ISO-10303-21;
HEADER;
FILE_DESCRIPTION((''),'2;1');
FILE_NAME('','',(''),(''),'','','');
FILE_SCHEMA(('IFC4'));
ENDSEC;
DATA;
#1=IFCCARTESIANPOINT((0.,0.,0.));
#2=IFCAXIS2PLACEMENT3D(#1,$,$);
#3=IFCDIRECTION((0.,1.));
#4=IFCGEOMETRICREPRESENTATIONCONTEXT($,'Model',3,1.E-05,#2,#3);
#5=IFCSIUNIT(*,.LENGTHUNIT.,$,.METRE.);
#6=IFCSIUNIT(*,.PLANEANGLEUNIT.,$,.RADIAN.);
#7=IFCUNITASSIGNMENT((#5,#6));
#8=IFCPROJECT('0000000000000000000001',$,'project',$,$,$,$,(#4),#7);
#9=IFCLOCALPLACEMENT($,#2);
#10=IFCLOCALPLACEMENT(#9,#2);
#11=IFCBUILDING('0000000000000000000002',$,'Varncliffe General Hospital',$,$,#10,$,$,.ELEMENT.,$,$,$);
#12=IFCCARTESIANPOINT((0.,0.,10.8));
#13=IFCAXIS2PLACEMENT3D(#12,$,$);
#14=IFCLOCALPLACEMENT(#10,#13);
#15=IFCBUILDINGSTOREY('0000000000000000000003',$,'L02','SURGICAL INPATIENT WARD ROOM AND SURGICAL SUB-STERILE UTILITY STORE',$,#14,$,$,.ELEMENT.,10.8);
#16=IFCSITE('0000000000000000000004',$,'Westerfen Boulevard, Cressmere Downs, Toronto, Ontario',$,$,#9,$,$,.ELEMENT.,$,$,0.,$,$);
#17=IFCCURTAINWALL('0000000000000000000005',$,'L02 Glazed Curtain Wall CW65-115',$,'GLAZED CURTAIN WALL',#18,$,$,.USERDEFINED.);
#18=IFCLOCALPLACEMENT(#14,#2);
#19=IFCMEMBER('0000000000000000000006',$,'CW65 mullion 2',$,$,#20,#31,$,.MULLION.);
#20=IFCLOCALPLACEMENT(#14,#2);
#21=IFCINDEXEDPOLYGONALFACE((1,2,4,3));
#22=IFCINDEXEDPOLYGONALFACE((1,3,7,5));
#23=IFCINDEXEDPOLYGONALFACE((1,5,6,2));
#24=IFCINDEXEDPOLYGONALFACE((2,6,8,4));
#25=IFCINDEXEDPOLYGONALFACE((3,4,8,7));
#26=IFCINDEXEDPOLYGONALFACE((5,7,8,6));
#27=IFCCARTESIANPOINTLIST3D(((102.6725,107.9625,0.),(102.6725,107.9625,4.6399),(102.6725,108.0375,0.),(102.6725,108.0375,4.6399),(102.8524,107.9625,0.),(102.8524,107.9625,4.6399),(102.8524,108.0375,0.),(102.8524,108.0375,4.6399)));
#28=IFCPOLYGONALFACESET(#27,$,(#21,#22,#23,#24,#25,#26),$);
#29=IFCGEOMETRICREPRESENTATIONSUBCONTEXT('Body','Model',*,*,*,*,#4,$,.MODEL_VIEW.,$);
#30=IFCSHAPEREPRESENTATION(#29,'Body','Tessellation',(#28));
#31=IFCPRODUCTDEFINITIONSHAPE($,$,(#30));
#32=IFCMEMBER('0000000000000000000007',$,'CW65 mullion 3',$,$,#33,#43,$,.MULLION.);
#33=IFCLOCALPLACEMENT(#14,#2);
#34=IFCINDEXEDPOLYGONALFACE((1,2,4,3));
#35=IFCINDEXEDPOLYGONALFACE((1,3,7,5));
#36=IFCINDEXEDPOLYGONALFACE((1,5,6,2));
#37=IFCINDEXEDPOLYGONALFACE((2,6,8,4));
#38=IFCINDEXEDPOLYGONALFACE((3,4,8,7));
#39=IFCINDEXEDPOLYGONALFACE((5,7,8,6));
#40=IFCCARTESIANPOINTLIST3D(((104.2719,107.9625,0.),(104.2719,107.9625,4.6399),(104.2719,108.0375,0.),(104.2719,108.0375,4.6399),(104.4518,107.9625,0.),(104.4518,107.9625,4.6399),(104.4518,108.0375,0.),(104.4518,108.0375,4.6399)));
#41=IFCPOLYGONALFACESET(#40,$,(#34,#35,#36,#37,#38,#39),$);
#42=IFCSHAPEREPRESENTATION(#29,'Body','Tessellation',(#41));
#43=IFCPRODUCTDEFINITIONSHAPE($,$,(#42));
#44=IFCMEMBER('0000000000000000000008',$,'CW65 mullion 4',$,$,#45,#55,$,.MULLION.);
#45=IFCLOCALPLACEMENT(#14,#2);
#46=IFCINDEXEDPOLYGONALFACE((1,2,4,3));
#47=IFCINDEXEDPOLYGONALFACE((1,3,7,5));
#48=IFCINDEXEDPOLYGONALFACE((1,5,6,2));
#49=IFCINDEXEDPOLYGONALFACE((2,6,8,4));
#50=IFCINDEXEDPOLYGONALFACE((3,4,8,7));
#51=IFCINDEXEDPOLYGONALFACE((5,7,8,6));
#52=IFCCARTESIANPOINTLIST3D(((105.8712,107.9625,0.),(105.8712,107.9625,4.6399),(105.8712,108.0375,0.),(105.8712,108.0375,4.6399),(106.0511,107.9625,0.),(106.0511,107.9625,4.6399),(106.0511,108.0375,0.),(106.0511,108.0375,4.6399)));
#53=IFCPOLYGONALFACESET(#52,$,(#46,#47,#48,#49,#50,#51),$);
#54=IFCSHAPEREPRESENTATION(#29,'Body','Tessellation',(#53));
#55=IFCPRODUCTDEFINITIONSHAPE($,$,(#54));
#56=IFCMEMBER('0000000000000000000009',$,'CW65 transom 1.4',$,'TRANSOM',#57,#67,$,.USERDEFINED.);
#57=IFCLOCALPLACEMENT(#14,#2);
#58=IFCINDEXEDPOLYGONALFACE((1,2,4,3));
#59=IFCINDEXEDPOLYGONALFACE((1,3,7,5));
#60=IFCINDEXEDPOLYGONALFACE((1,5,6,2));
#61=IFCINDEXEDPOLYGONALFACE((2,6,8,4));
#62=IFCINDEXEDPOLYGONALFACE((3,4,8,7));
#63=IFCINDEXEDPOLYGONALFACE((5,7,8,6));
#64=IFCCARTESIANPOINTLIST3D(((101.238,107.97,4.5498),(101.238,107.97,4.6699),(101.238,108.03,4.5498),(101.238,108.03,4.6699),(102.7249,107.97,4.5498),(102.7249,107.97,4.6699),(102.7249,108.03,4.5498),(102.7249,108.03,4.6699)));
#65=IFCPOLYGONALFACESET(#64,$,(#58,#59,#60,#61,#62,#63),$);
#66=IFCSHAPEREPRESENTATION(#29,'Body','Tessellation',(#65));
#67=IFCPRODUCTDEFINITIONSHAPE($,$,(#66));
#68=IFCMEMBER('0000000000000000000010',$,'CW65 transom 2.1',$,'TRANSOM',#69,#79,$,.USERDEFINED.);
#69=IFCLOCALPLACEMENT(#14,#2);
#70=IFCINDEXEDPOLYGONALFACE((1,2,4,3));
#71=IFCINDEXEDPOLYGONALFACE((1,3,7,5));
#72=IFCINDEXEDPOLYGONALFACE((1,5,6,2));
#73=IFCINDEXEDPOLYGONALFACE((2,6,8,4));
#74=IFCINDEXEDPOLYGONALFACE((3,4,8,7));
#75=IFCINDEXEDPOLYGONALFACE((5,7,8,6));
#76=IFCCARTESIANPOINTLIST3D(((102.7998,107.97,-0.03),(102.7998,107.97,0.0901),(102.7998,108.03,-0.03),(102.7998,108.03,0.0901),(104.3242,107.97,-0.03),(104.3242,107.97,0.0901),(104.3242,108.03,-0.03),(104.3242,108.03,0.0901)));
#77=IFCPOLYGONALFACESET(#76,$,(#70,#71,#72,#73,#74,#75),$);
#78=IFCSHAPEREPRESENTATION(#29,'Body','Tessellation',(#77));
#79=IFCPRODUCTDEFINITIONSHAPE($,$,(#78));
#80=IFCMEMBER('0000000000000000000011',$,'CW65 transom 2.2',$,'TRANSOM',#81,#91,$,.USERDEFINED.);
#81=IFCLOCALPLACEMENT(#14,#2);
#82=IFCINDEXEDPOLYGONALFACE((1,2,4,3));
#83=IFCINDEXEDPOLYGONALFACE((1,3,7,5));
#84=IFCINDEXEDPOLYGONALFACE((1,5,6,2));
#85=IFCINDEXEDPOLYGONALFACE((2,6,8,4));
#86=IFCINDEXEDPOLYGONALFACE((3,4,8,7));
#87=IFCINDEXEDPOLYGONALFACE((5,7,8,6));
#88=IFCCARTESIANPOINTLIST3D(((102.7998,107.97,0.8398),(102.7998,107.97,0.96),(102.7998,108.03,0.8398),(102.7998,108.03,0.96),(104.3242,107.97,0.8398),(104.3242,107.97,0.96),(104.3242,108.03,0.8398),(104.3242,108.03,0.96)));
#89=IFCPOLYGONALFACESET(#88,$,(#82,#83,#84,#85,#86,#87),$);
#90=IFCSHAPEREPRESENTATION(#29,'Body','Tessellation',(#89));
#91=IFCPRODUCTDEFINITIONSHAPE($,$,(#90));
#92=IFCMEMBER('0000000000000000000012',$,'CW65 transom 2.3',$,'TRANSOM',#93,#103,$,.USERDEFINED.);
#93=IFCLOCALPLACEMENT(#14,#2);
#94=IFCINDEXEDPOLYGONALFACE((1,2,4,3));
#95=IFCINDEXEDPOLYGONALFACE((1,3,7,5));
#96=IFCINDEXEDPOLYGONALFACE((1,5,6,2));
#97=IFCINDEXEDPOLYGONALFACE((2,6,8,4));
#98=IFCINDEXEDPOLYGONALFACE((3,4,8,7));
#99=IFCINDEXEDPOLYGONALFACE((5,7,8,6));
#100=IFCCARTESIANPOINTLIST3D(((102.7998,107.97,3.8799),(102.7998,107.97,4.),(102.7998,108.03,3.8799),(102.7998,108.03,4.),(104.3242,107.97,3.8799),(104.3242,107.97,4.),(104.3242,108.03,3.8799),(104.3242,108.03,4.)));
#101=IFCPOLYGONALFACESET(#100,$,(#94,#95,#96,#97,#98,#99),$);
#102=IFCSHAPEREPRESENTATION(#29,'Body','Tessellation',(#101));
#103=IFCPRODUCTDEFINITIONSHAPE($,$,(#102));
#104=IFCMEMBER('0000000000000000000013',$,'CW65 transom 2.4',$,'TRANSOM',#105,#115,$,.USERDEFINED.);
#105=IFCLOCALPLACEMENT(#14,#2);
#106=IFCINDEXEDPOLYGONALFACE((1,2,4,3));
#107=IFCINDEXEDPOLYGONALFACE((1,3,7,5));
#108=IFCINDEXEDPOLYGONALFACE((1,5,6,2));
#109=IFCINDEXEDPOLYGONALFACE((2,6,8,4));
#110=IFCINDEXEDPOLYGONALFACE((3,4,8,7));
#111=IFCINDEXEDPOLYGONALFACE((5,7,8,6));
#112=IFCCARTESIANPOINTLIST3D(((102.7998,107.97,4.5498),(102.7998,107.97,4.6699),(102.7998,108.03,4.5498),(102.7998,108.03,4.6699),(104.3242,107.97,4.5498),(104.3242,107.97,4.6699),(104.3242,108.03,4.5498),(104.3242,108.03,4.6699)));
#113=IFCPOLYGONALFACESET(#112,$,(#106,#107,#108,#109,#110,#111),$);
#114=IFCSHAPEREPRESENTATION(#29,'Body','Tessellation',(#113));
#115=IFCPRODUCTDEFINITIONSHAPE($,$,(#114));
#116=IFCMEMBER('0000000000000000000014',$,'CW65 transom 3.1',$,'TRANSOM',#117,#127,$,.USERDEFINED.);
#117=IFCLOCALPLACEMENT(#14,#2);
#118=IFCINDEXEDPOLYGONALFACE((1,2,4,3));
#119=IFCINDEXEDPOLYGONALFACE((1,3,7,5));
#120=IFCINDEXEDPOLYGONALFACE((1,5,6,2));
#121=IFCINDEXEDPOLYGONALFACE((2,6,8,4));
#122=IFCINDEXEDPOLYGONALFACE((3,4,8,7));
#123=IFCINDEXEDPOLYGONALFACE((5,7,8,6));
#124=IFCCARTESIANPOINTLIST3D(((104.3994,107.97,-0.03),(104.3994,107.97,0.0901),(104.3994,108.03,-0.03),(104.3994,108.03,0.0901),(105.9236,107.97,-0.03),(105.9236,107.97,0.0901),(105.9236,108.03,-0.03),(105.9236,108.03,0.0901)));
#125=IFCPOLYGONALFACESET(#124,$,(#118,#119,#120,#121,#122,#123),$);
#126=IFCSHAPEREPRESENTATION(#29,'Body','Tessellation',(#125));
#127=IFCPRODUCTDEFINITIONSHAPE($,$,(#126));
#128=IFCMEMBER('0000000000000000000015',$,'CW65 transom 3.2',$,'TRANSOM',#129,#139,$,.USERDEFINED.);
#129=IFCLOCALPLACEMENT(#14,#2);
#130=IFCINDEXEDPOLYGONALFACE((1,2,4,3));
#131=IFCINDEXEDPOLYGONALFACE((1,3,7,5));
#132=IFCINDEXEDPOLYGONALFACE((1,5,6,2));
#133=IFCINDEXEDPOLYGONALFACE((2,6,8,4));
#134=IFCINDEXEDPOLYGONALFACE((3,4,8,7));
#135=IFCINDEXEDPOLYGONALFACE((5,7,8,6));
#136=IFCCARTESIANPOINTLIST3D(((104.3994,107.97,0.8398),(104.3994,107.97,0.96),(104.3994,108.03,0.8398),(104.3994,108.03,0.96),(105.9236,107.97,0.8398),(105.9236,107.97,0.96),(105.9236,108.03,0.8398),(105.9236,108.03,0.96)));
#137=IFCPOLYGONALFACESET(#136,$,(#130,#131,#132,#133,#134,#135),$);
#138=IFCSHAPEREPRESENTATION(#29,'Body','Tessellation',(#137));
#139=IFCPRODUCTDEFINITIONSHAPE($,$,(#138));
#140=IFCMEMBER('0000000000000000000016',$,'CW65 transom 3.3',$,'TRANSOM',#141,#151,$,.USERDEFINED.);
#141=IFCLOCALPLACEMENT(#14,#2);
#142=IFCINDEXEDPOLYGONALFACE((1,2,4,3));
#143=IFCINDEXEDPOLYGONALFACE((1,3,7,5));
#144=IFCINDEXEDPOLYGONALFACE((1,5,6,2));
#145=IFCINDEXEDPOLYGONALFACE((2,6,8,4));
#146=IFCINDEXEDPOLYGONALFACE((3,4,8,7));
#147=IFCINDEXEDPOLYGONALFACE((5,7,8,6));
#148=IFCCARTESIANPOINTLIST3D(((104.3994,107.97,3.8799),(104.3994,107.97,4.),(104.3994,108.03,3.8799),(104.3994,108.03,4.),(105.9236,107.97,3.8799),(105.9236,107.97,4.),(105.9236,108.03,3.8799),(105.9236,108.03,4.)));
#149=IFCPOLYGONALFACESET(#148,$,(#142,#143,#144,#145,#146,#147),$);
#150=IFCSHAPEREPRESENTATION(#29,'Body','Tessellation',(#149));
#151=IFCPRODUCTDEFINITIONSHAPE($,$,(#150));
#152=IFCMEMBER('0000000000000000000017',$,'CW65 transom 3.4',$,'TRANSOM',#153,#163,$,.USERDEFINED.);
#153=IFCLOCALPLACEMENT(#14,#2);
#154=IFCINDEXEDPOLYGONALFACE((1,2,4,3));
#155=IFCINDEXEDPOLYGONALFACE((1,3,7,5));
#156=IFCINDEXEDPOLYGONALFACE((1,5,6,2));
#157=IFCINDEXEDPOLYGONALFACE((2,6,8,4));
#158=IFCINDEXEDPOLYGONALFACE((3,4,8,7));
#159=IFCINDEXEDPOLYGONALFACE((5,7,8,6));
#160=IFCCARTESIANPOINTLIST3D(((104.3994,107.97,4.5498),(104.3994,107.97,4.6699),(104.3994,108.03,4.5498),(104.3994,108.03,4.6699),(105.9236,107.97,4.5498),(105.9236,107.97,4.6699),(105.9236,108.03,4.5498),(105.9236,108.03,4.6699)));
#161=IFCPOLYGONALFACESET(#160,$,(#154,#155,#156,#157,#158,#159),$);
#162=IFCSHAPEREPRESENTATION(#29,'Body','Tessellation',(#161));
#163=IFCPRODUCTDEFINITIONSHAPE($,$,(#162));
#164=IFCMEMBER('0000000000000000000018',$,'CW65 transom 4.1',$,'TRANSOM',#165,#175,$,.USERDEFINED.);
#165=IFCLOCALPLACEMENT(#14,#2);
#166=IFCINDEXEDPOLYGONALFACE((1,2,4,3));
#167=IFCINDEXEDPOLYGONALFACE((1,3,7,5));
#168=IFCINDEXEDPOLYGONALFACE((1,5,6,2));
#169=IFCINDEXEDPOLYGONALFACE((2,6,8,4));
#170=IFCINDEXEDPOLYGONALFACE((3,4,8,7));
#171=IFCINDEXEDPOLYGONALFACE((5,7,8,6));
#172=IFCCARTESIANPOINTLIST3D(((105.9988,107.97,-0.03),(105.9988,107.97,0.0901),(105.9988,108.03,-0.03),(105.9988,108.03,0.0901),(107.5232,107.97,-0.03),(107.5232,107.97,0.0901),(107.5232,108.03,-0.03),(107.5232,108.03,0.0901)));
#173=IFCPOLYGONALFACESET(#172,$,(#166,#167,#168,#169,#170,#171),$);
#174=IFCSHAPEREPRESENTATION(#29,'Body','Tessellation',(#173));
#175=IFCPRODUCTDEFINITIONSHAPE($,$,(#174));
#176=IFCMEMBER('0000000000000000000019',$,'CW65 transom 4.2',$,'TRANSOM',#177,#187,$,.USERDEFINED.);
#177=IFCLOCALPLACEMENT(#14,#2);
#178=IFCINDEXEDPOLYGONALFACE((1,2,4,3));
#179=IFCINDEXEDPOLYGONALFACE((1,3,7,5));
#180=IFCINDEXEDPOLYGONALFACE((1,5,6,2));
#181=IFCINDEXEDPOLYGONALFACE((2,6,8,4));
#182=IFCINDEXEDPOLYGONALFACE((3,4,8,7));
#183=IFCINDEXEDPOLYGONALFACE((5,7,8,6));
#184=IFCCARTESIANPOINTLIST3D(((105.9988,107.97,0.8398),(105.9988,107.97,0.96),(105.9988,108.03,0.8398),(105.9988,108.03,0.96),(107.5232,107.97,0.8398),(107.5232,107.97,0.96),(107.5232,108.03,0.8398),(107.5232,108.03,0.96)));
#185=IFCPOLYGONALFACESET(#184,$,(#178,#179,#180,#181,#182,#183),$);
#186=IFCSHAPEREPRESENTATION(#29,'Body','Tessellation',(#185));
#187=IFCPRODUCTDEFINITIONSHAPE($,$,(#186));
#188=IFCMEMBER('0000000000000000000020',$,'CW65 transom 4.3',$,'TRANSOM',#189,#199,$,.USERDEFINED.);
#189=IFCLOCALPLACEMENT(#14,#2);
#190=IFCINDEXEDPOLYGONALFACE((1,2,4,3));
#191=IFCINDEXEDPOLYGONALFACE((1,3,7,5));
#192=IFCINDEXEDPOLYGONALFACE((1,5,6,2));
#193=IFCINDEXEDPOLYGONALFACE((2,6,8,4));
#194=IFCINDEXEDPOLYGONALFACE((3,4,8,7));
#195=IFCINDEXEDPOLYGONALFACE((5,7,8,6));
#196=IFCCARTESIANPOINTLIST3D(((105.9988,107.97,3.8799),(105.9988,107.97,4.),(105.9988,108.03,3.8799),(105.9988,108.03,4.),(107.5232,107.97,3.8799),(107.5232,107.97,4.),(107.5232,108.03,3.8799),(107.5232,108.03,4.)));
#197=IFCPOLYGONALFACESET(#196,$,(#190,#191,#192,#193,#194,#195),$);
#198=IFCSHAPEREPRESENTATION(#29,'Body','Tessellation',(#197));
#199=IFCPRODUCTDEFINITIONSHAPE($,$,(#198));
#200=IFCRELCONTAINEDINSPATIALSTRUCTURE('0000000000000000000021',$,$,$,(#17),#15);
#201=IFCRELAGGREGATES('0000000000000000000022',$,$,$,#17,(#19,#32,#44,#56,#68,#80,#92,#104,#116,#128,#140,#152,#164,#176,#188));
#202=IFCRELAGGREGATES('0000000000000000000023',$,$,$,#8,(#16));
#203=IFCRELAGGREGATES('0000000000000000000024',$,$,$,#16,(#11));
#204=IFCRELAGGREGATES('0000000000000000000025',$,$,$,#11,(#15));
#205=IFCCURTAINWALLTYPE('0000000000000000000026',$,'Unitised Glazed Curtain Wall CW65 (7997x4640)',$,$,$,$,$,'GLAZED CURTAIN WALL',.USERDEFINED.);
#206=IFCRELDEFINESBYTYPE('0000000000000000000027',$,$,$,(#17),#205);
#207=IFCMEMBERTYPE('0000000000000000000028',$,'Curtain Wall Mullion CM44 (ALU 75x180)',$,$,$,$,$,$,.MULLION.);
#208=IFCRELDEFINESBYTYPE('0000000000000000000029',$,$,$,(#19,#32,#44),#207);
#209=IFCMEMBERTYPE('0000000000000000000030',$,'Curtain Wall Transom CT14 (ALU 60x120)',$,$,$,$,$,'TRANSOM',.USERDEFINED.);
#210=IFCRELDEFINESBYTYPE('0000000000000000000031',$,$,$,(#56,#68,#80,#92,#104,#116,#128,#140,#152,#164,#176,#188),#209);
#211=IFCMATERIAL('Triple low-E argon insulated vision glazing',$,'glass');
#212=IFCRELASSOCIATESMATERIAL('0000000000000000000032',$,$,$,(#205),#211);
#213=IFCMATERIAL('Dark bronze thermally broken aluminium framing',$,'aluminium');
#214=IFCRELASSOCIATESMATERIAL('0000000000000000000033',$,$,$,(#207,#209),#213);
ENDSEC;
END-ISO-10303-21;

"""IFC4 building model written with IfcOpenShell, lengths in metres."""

from ifc_helpers import new_model, si_unit, direction, frame, origin, origin_2d, place, context, subcontext, project, spatial, rectangle, extrude, material, material_profile, profile_set, type_object, element, aggregate, save


model = new_model("IFC4")

# Units and contexts
model_context = context("Model", 3, precision=1e-05, world=origin(), true_north=direction((0.0, 1.0)))
body_context = subcontext(model_context, "Body", "Model", "MODEL_VIEW")
ifc_project = project(units=[si_unit("LENGTHUNIT", "METRE"), si_unit("PLANEANGLEUNIT", "RADIAN")], contexts=[model_context])

# Site, building, storey
site_placement = place(None, origin())
site = spatial("IfcSite", under=ifc_project, at=site_placement, Name="Westerfen Boulevard, Cressmere Downs, Toronto, Ontario", CompositionType="ELEMENT", RefElevation=0.0)
building_placement = place(site_placement, origin())
building = spatial("IfcBuilding", under=site, at=building_placement, Name="Varncliffe General Hospital", CompositionType="ELEMENT")
storey_placement = place(building_placement, frame((0.0, 0.0, 10.8)))
storey = spatial("IfcBuildingStorey", under=building, at=storey_placement, Name="L02", Description="SURGICAL INPATIENT WARD ROOM AND SURGICAL SUB-STERILE UTILITY STORE", CompositionType="ELEMENT", Elevation=10.8)

# Curtain wall, members
ifc_material_1 = material(Name="Triple low-E argon insulated vision glazing", Category="glass")
curtain_wall_type = type_object("IfcCurtainWallType", Name="Unitised Glazed Curtain Wall CW65 (7997x4640)", ElementType="GLAZED CURTAIN WALL", PredefinedType="USERDEFINED", material=ifc_material_1)
curtain_wall_placement = place(storey_placement, origin())
curtain_wall = element("IfcCurtainWall", 1, at=curtain_wall_placement, inside=storey, type_object=curtain_wall_type, Name="L02 Glazed Curtain Wall CW65-115", ObjectType="GLAZED CURTAIN WALL", PredefinedType="USERDEFINED")
ifc_material_2 = material(Name="Dark bronze thermally broken aluminium framing", Category="aluminium")
ifc_material_profile_1 = material_profile(ifc_material_2, rectangle(XDim=0.075, YDim=0.1799, at=origin_2d()), Name="ALU 75x180")
ifc_profile_set_1 = profile_set([ifc_material_profile_1], Name="Dark bronze thermally broken aluminium framing")
member_type_1 = type_object("IfcMemberType", Name="Curtain Wall Mullion CM44 (ALU 75x180)", PredefinedType="MULLION", material=ifc_profile_set_1)
member_1_placement = place(storey_placement, frame((102.7625, 108.0, 0.0), z_axis=(0.0, 0.0, 1.0), x_axis=(0.0, 1.0, 0.0)))
member_1 = element("IfcMember", 2, at=member_1_placement, type_object=member_type_1, Name="CW65 mullion 2", PredefinedType="MULLION", context=body_context, shape_type="SweptSolid", body=[
    extrude(rectangle(XDim=0.075, YDim=0.1799, at=origin_2d()), origin(), (0.0, 0.0, 1.0), 4.6399),
])
member_2_placement = place(storey_placement, frame((104.3618, 108.0, 0.0), z_axis=(0.0, 0.0, 1.0), x_axis=(0.0, 1.0, 0.0)))
member_2 = element("IfcMember", 3, at=member_2_placement, type_object=member_type_1, Name="CW65 mullion 3", PredefinedType="MULLION", context=body_context, shape_type="SweptSolid", body=[
    extrude(rectangle(XDim=0.075, YDim=0.1799, at=origin_2d()), origin(), (0.0, 0.0, 1.0), 4.6399),
])
member_3_placement = place(storey_placement, frame((105.9612, 108.0, 0.0), z_axis=(0.0, 0.0, 1.0), x_axis=(0.0, 1.0, 0.0)))
member_3 = element("IfcMember", 4, at=member_3_placement, type_object=member_type_1, Name="CW65 mullion 4", PredefinedType="MULLION", context=body_context, shape_type="SweptSolid", body=[
    extrude(rectangle(XDim=0.075, YDim=0.1799, at=origin_2d()), origin(), (0.0, 0.0, 1.0), 4.6399),
])
ifc_material_profile_2 = material_profile(ifc_material_2, rectangle(XDim=0.0601, YDim=0.1201, at=origin_2d()), Name="ALU 60x120")
ifc_profile_set_2 = profile_set([ifc_material_profile_2], Name="Dark bronze thermally broken aluminium framing")
member_type_2 = type_object("IfcMemberType", Name="Curtain Wall Transom CT14 (ALU 60x120)", ElementType="TRANSOM", PredefinedType="USERDEFINED", material=ifc_profile_set_2)
member_4_placement = place(storey_placement, frame((101.238, 108.0, 4.6099), z_axis=(1.0, 0.0, 0.0), x_axis=(0.0, 1.0, 0.0)))
member_4 = element("IfcMember", 5, at=member_4_placement, type_object=member_type_2, Name="CW65 transom 1.4", ObjectType="TRANSOM", PredefinedType="USERDEFINED", context=body_context, shape_type="SweptSolid", body=[
    extrude(rectangle(XDim=0.0601, YDim=0.1201, at=origin_2d()), origin(), (0.0, 0.0, 1.0), 1.4868),
])
member_5_placement = place(storey_placement, frame((102.7998, 108.0, 0.03), z_axis=(1.0, 0.0, 0.0), x_axis=(0.0, 1.0, 0.0)))
member_5 = element("IfcMember", 6, at=member_5_placement, type_object=member_type_2, Name="CW65 transom 2.1", ObjectType="TRANSOM", PredefinedType="USERDEFINED", context=body_context, shape_type="SweptSolid", body=[
    extrude(rectangle(XDim=0.0601, YDim=0.1201, at=origin_2d()), origin(), (0.0, 0.0, 1.0), 1.5244),
])
member_6_placement = place(storey_placement, frame((102.7998, 108.0, 0.8999), z_axis=(1.0, 0.0, 0.0), x_axis=(0.0, 1.0, 0.0)))
member_6 = element("IfcMember", 7, at=member_6_placement, type_object=member_type_2, Name="CW65 transom 2.2", ObjectType="TRANSOM", PredefinedType="USERDEFINED", context=body_context, shape_type="SweptSolid", body=[
    extrude(rectangle(XDim=0.0601, YDim=0.1201, at=origin_2d()), origin(), (0.0, 0.0, 1.0), 1.5244),
])
member_7_placement = place(storey_placement, frame((102.7998, 108.0, 3.9399), z_axis=(1.0, 0.0, 0.0), x_axis=(0.0, 1.0, 0.0)))
member_7 = element("IfcMember", 8, at=member_7_placement, type_object=member_type_2, Name="CW65 transom 2.3", ObjectType="TRANSOM", PredefinedType="USERDEFINED", context=body_context, shape_type="SweptSolid", body=[
    extrude(rectangle(XDim=0.0601, YDim=0.1201, at=origin_2d()), origin(), (0.0, 0.0, 1.0), 1.5244),
])
member_8_placement = place(storey_placement, frame((102.7998, 108.0, 4.6099), z_axis=(1.0, 0.0, 0.0), x_axis=(0.0, 1.0, 0.0)))
member_8 = element("IfcMember", 9, at=member_8_placement, type_object=member_type_2, Name="CW65 transom 2.4", ObjectType="TRANSOM", PredefinedType="USERDEFINED", context=body_context, shape_type="SweptSolid", body=[
    extrude(rectangle(XDim=0.0601, YDim=0.1201, at=origin_2d()), origin(), (0.0, 0.0, 1.0), 1.5244),
])
member_9_placement = place(storey_placement, frame((104.3994, 108.0, 0.03), z_axis=(1.0, 0.0, 0.0), x_axis=(0.0, 1.0, 0.0)))
member_9 = element("IfcMember", 10, at=member_9_placement, type_object=member_type_2, Name="CW65 transom 3.1", ObjectType="TRANSOM", PredefinedType="USERDEFINED", context=body_context, shape_type="SweptSolid", body=[
    extrude(rectangle(XDim=0.0601, YDim=0.1201, at=origin_2d()), origin(), (0.0, 0.0, 1.0), 1.5242),
])
member_10_placement = place(storey_placement, frame((104.3994, 108.0, 0.8999), z_axis=(1.0, 0.0, 0.0), x_axis=(0.0, 1.0, 0.0)))
member_10 = element("IfcMember", 11, at=member_10_placement, type_object=member_type_2, Name="CW65 transom 3.2", ObjectType="TRANSOM", PredefinedType="USERDEFINED", context=body_context, shape_type="SweptSolid", body=[
    extrude(rectangle(XDim=0.0601, YDim=0.1201, at=origin_2d()), origin(), (0.0, 0.0, 1.0), 1.5242),
])
member_11_placement = place(storey_placement, frame((104.3994, 108.0, 3.9399), z_axis=(1.0, 0.0, 0.0), x_axis=(0.0, 1.0, 0.0)))
member_11 = element("IfcMember", 12, at=member_11_placement, type_object=member_type_2, Name="CW65 transom 3.3", ObjectType="TRANSOM", PredefinedType="USERDEFINED", context=body_context, shape_type="SweptSolid", body=[
    extrude(rectangle(XDim=0.0601, YDim=0.1201, at=origin_2d()), origin(), (0.0, 0.0, 1.0), 1.5242),
])
member_12_placement = place(storey_placement, frame((104.3994, 108.0, 4.6099), z_axis=(1.0, 0.0, 0.0), x_axis=(0.0, 1.0, 0.0)))
member_12 = element("IfcMember", 13, at=member_12_placement, type_object=member_type_2, Name="CW65 transom 3.4", ObjectType="TRANSOM", PredefinedType="USERDEFINED", context=body_context, shape_type="SweptSolid", body=[
    extrude(rectangle(XDim=0.0601, YDim=0.1201, at=origin_2d()), origin(), (0.0, 0.0, 1.0), 1.5242),
])
member_13_placement = place(storey_placement, frame((105.9988, 108.0, 0.03), z_axis=(1.0, 0.0, 0.0), x_axis=(0.0, 1.0, 0.0)))
member_13 = element("IfcMember", 14, at=member_13_placement, type_object=member_type_2, Name="CW65 transom 4.1", ObjectType="TRANSOM", PredefinedType="USERDEFINED", context=body_context, shape_type="SweptSolid", body=[
    extrude(rectangle(XDim=0.0601, YDim=0.1201, at=origin_2d()), origin(), (0.0, 0.0, 1.0), 1.5244),
])
member_14_placement = place(storey_placement, frame((105.9988, 108.0, 0.8999), z_axis=(1.0, 0.0, 0.0), x_axis=(0.0, 1.0, 0.0)))
member_14 = element("IfcMember", 15, at=member_14_placement, type_object=member_type_2, Name="CW65 transom 4.2", ObjectType="TRANSOM", PredefinedType="USERDEFINED", context=body_context, shape_type="SweptSolid", body=[
    extrude(rectangle(XDim=0.0601, YDim=0.1201, at=origin_2d()), origin(), (0.0, 0.0, 1.0), 1.5244),
])
member_15_placement = place(storey_placement, frame((105.9988, 108.0, 3.9399), z_axis=(1.0, 0.0, 0.0), x_axis=(0.0, 1.0, 0.0)))
member_15 = element("IfcMember", 16, at=member_15_placement, type_object=member_type_2, Name="CW65 transom 4.3", ObjectType="TRANSOM", PredefinedType="USERDEFINED", context=body_context, shape_type="SweptSolid", body=[
    extrude(rectangle(XDim=0.0601, YDim=0.1201, at=origin_2d()), origin(), (0.0, 0.0, 1.0), 1.5244),
])
aggregate(curtain_wall, [member_1, member_2, member_3, member_4, member_5, member_6, member_7, member_8, member_9, member_10, member_11, member_12, member_13, member_14, member_15])

save(model, "model.ifc")
